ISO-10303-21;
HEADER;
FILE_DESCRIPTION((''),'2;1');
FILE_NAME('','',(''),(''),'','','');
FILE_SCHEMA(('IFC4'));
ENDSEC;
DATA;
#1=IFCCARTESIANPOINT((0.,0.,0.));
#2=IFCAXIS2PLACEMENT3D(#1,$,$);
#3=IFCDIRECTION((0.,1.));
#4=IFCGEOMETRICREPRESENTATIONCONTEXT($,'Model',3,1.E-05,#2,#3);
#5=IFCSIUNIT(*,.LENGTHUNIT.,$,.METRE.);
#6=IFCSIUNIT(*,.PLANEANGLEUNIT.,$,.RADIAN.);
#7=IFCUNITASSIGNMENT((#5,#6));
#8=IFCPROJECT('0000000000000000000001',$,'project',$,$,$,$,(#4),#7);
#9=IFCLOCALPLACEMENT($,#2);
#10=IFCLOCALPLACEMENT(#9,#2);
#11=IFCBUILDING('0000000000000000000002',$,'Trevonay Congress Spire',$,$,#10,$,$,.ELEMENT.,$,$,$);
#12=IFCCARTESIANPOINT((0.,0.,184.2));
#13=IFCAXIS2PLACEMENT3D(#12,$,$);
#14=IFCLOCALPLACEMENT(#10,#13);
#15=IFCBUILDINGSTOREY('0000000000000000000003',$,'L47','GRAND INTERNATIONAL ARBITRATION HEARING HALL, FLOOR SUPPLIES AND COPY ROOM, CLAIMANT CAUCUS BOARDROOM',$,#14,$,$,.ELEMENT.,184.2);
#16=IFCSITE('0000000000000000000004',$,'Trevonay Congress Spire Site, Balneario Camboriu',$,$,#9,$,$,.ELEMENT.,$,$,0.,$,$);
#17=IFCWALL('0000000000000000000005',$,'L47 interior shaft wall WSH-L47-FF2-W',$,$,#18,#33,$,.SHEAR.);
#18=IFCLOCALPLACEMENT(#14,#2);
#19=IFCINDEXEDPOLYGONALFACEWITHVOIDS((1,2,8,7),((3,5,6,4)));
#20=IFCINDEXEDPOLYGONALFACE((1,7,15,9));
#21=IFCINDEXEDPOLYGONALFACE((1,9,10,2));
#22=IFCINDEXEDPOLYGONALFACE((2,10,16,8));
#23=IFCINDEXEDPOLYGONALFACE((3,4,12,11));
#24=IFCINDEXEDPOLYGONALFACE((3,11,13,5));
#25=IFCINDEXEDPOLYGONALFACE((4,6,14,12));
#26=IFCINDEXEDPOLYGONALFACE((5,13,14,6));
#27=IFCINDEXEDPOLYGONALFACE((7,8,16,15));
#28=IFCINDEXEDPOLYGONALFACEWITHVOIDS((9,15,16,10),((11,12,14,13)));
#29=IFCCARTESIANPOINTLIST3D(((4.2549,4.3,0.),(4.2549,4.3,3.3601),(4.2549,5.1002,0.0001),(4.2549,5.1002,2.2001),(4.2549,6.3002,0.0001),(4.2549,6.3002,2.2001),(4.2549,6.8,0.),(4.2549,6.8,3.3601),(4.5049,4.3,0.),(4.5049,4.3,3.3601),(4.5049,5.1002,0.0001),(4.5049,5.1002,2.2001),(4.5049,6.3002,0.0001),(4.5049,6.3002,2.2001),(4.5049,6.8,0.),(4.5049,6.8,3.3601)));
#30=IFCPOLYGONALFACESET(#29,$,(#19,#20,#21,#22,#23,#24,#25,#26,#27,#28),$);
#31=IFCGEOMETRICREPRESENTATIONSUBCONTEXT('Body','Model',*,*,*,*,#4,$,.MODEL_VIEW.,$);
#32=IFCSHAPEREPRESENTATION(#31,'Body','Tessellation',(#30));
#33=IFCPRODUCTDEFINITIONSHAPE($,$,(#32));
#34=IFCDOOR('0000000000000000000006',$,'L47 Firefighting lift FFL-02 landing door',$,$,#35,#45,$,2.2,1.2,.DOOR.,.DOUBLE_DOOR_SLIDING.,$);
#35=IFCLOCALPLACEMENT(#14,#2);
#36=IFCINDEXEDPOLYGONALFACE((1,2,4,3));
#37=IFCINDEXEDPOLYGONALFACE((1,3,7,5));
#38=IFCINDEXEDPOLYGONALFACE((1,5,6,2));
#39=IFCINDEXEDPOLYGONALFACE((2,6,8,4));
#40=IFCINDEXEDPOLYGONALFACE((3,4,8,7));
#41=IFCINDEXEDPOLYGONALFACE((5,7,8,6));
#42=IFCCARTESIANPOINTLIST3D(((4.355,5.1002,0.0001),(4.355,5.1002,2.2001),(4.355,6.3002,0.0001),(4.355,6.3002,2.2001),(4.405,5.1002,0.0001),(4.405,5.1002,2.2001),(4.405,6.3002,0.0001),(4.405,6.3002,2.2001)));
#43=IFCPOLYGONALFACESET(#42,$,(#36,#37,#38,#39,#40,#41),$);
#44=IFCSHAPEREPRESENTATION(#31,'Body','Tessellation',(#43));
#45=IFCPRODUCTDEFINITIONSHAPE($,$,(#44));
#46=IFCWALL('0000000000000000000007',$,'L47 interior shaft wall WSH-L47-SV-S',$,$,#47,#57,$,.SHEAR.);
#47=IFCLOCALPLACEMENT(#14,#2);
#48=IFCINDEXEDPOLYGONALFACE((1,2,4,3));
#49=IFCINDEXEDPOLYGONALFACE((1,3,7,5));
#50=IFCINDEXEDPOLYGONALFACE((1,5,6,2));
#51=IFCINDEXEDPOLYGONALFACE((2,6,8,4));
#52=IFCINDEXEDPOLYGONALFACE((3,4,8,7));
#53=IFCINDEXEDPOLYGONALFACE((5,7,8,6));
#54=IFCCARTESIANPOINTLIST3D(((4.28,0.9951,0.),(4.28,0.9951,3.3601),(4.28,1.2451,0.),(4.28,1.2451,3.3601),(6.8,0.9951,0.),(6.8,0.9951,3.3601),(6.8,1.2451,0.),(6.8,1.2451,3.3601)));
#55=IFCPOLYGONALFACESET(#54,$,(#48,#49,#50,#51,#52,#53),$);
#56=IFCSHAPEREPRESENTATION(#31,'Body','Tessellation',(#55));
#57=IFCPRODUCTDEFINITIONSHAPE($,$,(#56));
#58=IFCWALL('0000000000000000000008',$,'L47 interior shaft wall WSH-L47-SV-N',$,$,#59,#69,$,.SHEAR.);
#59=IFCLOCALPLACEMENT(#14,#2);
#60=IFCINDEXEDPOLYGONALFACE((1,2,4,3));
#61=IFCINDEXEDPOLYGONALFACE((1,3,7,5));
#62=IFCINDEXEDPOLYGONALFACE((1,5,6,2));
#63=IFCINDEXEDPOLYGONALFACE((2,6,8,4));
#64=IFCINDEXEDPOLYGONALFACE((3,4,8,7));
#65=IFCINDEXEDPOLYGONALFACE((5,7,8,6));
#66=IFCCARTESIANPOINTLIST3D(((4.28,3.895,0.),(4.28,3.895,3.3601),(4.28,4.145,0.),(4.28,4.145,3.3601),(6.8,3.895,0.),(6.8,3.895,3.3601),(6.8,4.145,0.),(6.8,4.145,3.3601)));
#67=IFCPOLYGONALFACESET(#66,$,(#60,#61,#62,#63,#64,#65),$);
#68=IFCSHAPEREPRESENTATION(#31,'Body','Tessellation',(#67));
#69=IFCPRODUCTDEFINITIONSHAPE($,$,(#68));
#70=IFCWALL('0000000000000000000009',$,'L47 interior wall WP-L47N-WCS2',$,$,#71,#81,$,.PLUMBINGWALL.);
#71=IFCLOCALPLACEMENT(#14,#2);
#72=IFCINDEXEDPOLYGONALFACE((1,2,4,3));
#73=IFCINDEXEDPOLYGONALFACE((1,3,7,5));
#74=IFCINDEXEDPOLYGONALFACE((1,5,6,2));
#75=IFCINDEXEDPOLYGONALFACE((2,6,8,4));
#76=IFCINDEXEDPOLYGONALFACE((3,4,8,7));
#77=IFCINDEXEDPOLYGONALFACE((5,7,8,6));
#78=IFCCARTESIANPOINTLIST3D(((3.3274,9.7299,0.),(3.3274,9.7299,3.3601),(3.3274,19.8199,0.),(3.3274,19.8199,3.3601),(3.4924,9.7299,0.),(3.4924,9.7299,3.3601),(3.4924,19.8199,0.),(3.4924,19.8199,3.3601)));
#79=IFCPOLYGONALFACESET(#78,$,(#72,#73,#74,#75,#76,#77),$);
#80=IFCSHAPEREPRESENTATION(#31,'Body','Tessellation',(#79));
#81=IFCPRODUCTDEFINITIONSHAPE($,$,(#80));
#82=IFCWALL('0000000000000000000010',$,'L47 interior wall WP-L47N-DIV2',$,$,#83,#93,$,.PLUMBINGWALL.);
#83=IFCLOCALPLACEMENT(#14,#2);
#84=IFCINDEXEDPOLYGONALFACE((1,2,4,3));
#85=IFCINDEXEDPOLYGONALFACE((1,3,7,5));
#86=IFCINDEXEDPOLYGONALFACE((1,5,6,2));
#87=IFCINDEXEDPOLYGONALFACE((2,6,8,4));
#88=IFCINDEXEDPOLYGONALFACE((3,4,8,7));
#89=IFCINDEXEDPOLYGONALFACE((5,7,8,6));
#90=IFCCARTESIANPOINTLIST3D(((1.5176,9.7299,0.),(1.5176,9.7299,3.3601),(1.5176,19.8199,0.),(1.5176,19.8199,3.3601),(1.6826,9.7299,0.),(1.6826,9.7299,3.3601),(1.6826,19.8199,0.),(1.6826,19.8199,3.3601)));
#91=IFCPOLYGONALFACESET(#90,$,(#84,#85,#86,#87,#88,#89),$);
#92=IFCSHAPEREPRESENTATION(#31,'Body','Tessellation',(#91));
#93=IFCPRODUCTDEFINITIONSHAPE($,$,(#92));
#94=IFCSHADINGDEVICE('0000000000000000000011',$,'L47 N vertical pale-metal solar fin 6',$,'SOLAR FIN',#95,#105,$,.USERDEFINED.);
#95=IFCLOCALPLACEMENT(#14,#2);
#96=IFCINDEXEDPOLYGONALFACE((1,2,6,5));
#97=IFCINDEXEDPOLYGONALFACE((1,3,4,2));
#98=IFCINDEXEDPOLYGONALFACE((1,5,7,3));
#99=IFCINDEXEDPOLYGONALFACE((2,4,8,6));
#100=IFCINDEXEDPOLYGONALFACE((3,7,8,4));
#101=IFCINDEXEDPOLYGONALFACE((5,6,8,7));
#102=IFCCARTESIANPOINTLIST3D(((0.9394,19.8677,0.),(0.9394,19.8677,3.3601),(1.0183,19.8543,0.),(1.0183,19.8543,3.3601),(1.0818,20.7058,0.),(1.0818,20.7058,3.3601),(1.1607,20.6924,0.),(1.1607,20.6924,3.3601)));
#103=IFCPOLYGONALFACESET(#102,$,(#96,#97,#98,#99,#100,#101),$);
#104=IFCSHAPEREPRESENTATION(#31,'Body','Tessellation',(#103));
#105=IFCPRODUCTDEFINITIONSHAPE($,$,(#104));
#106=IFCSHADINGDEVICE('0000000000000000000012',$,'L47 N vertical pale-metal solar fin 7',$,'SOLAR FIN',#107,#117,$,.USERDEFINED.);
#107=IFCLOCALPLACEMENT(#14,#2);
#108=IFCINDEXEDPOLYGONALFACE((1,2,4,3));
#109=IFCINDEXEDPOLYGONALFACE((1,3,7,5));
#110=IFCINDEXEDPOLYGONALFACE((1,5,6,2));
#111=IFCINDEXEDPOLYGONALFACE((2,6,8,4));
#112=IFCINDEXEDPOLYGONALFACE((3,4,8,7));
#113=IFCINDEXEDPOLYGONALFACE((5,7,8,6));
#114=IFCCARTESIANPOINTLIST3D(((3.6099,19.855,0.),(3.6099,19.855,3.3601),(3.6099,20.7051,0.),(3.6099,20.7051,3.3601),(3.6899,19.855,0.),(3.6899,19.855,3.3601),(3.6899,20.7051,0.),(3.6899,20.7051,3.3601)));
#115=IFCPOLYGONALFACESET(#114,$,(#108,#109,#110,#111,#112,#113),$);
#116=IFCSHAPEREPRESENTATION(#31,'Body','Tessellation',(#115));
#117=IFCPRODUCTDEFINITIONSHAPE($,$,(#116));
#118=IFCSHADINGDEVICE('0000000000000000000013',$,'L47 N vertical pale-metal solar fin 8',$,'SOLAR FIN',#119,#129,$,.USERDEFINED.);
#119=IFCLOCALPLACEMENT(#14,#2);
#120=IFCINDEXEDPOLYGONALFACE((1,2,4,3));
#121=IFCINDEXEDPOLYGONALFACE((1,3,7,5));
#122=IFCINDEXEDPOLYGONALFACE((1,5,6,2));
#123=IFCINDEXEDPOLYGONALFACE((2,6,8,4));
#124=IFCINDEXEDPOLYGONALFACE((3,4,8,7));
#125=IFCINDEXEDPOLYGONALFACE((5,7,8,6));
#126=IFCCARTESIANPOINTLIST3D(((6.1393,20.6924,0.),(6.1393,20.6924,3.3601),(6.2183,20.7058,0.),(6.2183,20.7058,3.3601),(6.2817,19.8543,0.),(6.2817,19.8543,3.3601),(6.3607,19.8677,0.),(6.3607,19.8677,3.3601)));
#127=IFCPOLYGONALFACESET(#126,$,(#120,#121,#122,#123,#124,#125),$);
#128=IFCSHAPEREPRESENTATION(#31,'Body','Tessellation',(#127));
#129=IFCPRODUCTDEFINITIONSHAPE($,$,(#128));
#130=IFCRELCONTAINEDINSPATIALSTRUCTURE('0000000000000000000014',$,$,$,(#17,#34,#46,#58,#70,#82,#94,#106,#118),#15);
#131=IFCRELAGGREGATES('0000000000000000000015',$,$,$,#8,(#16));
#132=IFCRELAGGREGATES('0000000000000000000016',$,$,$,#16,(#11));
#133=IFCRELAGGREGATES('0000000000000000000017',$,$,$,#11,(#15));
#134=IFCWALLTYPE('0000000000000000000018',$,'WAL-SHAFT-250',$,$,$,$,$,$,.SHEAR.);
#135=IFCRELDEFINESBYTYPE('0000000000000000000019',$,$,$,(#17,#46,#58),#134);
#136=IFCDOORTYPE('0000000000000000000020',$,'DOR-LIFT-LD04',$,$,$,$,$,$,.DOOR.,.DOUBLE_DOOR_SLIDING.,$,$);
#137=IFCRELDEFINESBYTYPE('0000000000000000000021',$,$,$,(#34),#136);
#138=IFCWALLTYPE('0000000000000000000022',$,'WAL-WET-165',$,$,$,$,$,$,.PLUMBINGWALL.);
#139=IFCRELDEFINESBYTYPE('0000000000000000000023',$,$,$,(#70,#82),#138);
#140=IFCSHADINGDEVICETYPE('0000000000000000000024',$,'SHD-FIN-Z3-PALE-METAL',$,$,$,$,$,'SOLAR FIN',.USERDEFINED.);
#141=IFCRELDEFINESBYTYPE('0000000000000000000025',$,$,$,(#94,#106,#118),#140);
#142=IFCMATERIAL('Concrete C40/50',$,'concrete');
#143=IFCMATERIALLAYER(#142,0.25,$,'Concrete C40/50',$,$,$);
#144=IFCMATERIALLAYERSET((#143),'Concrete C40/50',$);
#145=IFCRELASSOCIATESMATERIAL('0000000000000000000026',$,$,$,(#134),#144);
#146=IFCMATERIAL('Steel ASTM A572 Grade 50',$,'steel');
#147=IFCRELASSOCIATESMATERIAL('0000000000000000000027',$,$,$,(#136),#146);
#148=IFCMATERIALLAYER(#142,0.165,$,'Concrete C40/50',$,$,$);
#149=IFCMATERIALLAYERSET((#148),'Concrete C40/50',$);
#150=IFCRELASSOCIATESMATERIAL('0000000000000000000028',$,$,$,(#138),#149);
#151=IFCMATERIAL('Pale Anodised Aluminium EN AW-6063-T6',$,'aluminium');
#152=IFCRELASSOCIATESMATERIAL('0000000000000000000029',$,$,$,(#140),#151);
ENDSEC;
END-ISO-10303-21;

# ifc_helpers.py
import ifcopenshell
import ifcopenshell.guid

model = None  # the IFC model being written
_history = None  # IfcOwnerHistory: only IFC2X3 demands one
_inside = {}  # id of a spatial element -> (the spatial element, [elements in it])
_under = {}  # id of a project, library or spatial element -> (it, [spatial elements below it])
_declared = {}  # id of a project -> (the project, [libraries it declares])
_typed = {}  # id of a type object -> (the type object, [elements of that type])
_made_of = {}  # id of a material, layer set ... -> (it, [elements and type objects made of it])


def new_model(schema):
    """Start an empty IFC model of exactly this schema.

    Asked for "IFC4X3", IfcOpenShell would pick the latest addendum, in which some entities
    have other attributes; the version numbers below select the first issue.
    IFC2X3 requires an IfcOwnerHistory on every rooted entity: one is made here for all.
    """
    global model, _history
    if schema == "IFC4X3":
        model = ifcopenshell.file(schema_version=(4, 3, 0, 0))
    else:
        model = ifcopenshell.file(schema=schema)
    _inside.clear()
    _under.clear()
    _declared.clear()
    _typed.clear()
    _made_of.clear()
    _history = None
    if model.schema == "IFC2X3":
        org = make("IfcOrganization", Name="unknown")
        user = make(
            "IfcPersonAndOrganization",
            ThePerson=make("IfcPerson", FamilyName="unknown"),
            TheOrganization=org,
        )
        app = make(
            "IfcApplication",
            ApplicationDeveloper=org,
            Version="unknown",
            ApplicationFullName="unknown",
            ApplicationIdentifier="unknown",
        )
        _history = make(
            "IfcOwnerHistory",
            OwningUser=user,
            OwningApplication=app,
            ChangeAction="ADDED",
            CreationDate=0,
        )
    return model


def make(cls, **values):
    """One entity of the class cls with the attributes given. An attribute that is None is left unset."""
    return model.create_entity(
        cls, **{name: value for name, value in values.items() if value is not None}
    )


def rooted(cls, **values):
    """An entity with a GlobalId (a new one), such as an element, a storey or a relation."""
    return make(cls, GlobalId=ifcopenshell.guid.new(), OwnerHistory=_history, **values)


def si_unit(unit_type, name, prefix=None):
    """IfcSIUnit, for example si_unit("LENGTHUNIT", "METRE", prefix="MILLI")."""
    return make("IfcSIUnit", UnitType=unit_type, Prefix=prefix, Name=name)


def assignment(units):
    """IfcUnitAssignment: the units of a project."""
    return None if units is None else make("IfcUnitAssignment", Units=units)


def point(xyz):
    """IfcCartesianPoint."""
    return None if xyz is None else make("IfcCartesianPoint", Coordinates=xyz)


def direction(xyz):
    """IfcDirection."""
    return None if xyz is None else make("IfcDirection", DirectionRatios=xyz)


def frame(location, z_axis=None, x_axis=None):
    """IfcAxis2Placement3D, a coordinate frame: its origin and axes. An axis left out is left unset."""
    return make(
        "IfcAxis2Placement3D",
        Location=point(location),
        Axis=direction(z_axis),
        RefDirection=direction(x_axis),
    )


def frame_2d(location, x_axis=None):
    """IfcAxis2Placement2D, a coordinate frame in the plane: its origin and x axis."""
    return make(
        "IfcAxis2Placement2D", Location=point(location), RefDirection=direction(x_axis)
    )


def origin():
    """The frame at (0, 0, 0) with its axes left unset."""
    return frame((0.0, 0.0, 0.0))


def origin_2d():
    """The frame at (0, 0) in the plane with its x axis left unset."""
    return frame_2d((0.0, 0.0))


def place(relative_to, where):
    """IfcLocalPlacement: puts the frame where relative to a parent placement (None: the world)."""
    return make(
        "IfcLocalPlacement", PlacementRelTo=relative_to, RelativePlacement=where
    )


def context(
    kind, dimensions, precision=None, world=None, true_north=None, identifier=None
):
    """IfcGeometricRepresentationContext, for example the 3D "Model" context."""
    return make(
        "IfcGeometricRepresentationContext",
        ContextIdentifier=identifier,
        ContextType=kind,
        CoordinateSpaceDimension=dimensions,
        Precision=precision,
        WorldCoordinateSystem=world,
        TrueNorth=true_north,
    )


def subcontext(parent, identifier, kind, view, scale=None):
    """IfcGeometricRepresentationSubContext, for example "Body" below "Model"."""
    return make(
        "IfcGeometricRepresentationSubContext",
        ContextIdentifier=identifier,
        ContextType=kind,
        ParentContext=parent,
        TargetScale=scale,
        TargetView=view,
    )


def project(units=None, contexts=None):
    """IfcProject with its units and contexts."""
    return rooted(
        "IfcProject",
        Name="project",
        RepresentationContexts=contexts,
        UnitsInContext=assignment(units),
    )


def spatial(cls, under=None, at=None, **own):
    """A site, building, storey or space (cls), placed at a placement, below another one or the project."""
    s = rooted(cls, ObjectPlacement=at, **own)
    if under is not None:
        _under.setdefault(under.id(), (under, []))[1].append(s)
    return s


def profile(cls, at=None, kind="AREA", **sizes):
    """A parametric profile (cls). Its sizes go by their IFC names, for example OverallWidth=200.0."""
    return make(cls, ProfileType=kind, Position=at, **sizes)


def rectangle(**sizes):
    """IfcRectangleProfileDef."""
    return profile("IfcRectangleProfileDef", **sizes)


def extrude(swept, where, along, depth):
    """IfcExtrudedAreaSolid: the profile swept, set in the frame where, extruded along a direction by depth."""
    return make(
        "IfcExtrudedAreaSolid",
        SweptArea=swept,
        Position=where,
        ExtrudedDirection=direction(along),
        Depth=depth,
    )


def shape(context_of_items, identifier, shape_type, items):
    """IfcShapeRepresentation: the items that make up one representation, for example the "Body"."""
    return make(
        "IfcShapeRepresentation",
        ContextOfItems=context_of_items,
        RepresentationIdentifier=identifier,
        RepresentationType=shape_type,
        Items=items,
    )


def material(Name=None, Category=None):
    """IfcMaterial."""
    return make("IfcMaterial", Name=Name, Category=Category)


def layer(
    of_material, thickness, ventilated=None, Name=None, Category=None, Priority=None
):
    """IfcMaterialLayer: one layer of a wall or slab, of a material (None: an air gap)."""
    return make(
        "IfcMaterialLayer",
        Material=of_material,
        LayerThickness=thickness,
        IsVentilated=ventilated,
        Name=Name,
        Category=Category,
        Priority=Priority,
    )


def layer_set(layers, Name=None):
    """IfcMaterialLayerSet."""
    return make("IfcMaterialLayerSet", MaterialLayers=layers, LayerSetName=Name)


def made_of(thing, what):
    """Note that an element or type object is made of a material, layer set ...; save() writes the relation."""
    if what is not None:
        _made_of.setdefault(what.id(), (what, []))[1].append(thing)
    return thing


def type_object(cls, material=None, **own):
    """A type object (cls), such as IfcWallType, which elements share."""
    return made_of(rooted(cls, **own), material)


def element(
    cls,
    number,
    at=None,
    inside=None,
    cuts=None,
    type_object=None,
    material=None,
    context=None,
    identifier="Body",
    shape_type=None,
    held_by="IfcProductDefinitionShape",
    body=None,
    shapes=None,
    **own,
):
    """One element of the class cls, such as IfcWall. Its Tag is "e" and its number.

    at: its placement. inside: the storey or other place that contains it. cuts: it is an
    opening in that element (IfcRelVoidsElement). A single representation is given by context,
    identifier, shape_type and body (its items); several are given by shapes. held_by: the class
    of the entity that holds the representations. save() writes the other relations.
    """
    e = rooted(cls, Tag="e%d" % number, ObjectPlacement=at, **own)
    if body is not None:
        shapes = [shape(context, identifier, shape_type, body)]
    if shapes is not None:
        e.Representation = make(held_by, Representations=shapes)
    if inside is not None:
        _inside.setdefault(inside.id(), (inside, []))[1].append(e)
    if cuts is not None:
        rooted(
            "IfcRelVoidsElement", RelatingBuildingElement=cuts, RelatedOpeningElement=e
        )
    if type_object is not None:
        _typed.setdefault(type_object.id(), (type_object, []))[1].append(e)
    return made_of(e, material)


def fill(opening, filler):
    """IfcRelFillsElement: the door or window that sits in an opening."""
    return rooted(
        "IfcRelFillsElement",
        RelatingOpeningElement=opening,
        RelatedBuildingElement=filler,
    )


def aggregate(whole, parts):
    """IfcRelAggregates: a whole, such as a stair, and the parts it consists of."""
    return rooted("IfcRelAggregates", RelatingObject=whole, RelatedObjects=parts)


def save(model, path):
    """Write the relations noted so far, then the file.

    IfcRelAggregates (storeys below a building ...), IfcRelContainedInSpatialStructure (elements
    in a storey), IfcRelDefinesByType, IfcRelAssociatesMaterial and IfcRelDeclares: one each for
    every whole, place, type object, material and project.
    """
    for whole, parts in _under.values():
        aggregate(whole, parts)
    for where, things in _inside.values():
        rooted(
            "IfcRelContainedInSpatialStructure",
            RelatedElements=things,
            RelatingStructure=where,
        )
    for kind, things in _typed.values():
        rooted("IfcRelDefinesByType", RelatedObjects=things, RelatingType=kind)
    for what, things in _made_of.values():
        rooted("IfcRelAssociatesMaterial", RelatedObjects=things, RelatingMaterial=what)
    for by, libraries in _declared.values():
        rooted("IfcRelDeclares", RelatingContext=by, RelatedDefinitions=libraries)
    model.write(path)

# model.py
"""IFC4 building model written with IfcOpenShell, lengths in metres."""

from ifc_helpers import new_model, si_unit, direction, frame, frame_2d, origin, origin_2d, place, context, subcontext, project, spatial, rectangle, extrude, material, layer, layer_set, type_object, element, fill, save


model = new_model("IFC4")

# Units and contexts
model_context = context("Model", 3, precision=1e-05, world=origin(), true_north=direction((0.0, 1.0)))
body_context = subcontext(model_context, "Body", "Model", "MODEL_VIEW")
ifc_project = project(units=[si_unit("LENGTHUNIT", "METRE"), si_unit("PLANEANGLEUNIT", "RADIAN")], contexts=[model_context])

# Site, building, storey
site_placement = place(None, origin())
site = spatial("IfcSite", under=ifc_project, at=site_placement, Name="Trevonay Congress Spire Site, Balneario Camboriu", CompositionType="ELEMENT", RefElevation=0.0)
building_placement = place(site_placement, origin())
building = spatial("IfcBuilding", under=site, at=building_placement, Name="Trevonay Congress Spire", CompositionType="ELEMENT")
storey_placement = place(building_placement, frame((0.0, 0.0, 184.2)))
storey = spatial("IfcBuildingStorey", under=building, at=storey_placement, Name="L47", Description="GRAND INTERNATIONAL ARBITRATION HEARING HALL, FLOOR SUPPLIES AND COPY ROOM, CLAIMANT CAUCUS BOARDROOM", CompositionType="ELEMENT", Elevation=184.2)

# Shared definitions
ifc_material_1 = material(Name="Steel ASTM A572 Grade 50", Category="steel")

# Shared definitions
ifc_material_2 = material(Name="Pale Anodised Aluminium EN AW-6063-T6", Category="aluminium")

# Shared definitions
ifc_material_3 = material(Name="Concrete C40/50", Category="concrete")
ifc_layer_1 = layer(ifc_material_3, 0.25, Name="Concrete C40/50")
ifc_layer_set_1 = layer_set([ifc_layer_1], Name="Concrete C40/50")
wall_type_1 = type_object("IfcWallType", Name="WAL-SHAFT-250", PredefinedType="SHEAR", material=ifc_layer_set_1)

# Wall, opening, door
wall_1_placement = place(storey_placement, frame((4.3799, 4.3, 0.0), z_axis=(0.0, 0.0, 1.0), x_axis=(0.0, 1.0, 0.0)))
wall_1 = element("IfcWall", 1, at=wall_1_placement, inside=storey, type_object=wall_type_1, Name="L47 interior shaft wall WSH-L47-FF2-W", PredefinedType="SHEAR", context=body_context, shape_type="SweptSolid", body=[
    extrude(rectangle(XDim=2.5, YDim=0.25, at=frame_2d((1.25, 0.0))), origin(), (0.0, 0.0, 1.0), 3.3601),
])
opening_placement = place(wall_1_placement, frame((0.8, 0.0, 0.0)))
opening = element("IfcOpeningElement", 2, at=opening_placement, cuts=wall_1, PredefinedType="OPENING", context=body_context, shape_type="SweptSolid", body=[
    extrude(rectangle(XDim=1.2, YDim=2.2, at=frame_2d((0.6001, 1.1001))), frame((0.0, 0.135, 0.0), z_axis=(0.0, -1.0, 0.0), x_axis=(1.0, 0.0, 0.0)), (0.0, 0.0, 1.0), 0.27),
])
door_type = type_object("IfcDoorType", Name="DOR-LIFT-LD04", OperationType="DOUBLE_DOOR_SLIDING", PredefinedType="DOOR", material=ifc_material_1)
door_placement = place(opening_placement, origin())
door = element("IfcDoor", 3, at=door_placement, inside=storey, type_object=door_type, Name="L47 Firefighting lift FFL-02 landing door", OperationType="DOUBLE_DOOR_SLIDING", OverallHeight=2.2, OverallWidth=1.2, PredefinedType="DOOR", context=body_context, shape_type="SweptSolid", body=[
    extrude(rectangle(XDim=1.2, YDim=2.2, at=frame_2d((0.6001, 1.1001))), frame((0.0, 0.0249, 0.0), z_axis=(0.0, -1.0, 0.0), x_axis=(1.0, 0.0, 0.0)), (0.0, 0.0, 1.0), 0.05),
])
fill(opening, door)

# Walls
for number, where, z_axis, x_axis, name in (
    (4, (4.28, 1.1201, 0.0), (0.0, 0.0, 1.0), (1.0, 0.0, 0.0), "L47 interior shaft wall WSH-L47-SV-S"),
    (5, (4.28, 4.02, 0.0), (0.0, 0.0, 1.0), (1.0, 0.0, 0.0), "L47 interior shaft wall WSH-L47-SV-N"),
):
    element("IfcWall", number, at=place(storey_placement, frame(where, z_axis=z_axis, x_axis=x_axis)), inside=storey, type_object=wall_type_1, Name=name, PredefinedType="SHEAR", context=body_context, shape_type="SweptSolid", body=[
        extrude(rectangle(XDim=2.52, YDim=0.25, at=frame_2d((1.26, 0.0))), origin(), (0.0, 0.0, 1.0), 3.3601),
    ])
ifc_layer_2 = layer(ifc_material_3, 0.165, Name="Concrete C40/50")
ifc_layer_set_2 = layer_set([ifc_layer_2], Name="Concrete C40/50")
wall_type_2 = type_object("IfcWallType", Name="WAL-WET-165", PredefinedType="PLUMBINGWALL", material=ifc_layer_set_2)
for number, where, z_axis, x_axis, name in (
    (6, (3.4099, 9.73, 0.0), (0.0, 0.0, 1.0), (0.0, 1.0, 0.0), "L47 interior wall WP-L47N-WCS2"),
    (7, (1.6001, 9.73, 0.0), (0.0, 0.0, 1.0), (0.0, 1.0, 0.0), "L47 interior wall WP-L47N-DIV2"),
):
    element("IfcWall", number, at=place(storey_placement, frame(where, z_axis=z_axis, x_axis=x_axis)), inside=storey, type_object=wall_type_2, Name=name, PredefinedType="PLUMBINGWALL", context=body_context, shape_type="SweptSolid", body=[
        extrude(rectangle(XDim=10.0901, YDim=0.165, at=frame_2d((5.0449, 0.0))), origin(), (0.0, 0.0, 1.0), 3.3601),
    ])

# Shading devices
shading_device_type = type_object("IfcShadingDeviceType", Name="SHD-FIN-Z3-PALE-METAL", ElementType="SOLAR FIN", PredefinedType="USERDEFINED", material=ifc_material_2)
for number, where, z_axis, x_axis, name in (
    (8, (1.05, 20.28, 0.0), (0.0, 0.0, 1.0), (0.985879, -0.167457, 0.0), "L47 N vertical pale-metal solar fin 6"),
    (9, (3.6499, 20.28, 0.0), (0.0, 0.0, 1.0), (1.0, 0.0, 0.0), "L47 N vertical pale-metal solar fin 7"),
    (10, (6.25, 20.28, 0.0), (0.0, 0.0, 1.0), (0.985879, 0.167457, 0.0), "L47 N vertical pale-metal solar fin 8"),
):
    element("IfcShadingDevice", number, at=place(storey_placement, frame(where, z_axis=z_axis, x_axis=x_axis)), inside=storey, type_object=shading_device_type, Name=name, ObjectType="SOLAR FIN", PredefinedType="USERDEFINED", context=body_context, shape_type="SweptSolid", body=[
        extrude(rectangle(XDim=0.0801, YDim=0.8501, at=origin_2d()), origin(), (0.0, 0.0, 1.0), 3.3601),
    ])

save(model, "model.ifc")
